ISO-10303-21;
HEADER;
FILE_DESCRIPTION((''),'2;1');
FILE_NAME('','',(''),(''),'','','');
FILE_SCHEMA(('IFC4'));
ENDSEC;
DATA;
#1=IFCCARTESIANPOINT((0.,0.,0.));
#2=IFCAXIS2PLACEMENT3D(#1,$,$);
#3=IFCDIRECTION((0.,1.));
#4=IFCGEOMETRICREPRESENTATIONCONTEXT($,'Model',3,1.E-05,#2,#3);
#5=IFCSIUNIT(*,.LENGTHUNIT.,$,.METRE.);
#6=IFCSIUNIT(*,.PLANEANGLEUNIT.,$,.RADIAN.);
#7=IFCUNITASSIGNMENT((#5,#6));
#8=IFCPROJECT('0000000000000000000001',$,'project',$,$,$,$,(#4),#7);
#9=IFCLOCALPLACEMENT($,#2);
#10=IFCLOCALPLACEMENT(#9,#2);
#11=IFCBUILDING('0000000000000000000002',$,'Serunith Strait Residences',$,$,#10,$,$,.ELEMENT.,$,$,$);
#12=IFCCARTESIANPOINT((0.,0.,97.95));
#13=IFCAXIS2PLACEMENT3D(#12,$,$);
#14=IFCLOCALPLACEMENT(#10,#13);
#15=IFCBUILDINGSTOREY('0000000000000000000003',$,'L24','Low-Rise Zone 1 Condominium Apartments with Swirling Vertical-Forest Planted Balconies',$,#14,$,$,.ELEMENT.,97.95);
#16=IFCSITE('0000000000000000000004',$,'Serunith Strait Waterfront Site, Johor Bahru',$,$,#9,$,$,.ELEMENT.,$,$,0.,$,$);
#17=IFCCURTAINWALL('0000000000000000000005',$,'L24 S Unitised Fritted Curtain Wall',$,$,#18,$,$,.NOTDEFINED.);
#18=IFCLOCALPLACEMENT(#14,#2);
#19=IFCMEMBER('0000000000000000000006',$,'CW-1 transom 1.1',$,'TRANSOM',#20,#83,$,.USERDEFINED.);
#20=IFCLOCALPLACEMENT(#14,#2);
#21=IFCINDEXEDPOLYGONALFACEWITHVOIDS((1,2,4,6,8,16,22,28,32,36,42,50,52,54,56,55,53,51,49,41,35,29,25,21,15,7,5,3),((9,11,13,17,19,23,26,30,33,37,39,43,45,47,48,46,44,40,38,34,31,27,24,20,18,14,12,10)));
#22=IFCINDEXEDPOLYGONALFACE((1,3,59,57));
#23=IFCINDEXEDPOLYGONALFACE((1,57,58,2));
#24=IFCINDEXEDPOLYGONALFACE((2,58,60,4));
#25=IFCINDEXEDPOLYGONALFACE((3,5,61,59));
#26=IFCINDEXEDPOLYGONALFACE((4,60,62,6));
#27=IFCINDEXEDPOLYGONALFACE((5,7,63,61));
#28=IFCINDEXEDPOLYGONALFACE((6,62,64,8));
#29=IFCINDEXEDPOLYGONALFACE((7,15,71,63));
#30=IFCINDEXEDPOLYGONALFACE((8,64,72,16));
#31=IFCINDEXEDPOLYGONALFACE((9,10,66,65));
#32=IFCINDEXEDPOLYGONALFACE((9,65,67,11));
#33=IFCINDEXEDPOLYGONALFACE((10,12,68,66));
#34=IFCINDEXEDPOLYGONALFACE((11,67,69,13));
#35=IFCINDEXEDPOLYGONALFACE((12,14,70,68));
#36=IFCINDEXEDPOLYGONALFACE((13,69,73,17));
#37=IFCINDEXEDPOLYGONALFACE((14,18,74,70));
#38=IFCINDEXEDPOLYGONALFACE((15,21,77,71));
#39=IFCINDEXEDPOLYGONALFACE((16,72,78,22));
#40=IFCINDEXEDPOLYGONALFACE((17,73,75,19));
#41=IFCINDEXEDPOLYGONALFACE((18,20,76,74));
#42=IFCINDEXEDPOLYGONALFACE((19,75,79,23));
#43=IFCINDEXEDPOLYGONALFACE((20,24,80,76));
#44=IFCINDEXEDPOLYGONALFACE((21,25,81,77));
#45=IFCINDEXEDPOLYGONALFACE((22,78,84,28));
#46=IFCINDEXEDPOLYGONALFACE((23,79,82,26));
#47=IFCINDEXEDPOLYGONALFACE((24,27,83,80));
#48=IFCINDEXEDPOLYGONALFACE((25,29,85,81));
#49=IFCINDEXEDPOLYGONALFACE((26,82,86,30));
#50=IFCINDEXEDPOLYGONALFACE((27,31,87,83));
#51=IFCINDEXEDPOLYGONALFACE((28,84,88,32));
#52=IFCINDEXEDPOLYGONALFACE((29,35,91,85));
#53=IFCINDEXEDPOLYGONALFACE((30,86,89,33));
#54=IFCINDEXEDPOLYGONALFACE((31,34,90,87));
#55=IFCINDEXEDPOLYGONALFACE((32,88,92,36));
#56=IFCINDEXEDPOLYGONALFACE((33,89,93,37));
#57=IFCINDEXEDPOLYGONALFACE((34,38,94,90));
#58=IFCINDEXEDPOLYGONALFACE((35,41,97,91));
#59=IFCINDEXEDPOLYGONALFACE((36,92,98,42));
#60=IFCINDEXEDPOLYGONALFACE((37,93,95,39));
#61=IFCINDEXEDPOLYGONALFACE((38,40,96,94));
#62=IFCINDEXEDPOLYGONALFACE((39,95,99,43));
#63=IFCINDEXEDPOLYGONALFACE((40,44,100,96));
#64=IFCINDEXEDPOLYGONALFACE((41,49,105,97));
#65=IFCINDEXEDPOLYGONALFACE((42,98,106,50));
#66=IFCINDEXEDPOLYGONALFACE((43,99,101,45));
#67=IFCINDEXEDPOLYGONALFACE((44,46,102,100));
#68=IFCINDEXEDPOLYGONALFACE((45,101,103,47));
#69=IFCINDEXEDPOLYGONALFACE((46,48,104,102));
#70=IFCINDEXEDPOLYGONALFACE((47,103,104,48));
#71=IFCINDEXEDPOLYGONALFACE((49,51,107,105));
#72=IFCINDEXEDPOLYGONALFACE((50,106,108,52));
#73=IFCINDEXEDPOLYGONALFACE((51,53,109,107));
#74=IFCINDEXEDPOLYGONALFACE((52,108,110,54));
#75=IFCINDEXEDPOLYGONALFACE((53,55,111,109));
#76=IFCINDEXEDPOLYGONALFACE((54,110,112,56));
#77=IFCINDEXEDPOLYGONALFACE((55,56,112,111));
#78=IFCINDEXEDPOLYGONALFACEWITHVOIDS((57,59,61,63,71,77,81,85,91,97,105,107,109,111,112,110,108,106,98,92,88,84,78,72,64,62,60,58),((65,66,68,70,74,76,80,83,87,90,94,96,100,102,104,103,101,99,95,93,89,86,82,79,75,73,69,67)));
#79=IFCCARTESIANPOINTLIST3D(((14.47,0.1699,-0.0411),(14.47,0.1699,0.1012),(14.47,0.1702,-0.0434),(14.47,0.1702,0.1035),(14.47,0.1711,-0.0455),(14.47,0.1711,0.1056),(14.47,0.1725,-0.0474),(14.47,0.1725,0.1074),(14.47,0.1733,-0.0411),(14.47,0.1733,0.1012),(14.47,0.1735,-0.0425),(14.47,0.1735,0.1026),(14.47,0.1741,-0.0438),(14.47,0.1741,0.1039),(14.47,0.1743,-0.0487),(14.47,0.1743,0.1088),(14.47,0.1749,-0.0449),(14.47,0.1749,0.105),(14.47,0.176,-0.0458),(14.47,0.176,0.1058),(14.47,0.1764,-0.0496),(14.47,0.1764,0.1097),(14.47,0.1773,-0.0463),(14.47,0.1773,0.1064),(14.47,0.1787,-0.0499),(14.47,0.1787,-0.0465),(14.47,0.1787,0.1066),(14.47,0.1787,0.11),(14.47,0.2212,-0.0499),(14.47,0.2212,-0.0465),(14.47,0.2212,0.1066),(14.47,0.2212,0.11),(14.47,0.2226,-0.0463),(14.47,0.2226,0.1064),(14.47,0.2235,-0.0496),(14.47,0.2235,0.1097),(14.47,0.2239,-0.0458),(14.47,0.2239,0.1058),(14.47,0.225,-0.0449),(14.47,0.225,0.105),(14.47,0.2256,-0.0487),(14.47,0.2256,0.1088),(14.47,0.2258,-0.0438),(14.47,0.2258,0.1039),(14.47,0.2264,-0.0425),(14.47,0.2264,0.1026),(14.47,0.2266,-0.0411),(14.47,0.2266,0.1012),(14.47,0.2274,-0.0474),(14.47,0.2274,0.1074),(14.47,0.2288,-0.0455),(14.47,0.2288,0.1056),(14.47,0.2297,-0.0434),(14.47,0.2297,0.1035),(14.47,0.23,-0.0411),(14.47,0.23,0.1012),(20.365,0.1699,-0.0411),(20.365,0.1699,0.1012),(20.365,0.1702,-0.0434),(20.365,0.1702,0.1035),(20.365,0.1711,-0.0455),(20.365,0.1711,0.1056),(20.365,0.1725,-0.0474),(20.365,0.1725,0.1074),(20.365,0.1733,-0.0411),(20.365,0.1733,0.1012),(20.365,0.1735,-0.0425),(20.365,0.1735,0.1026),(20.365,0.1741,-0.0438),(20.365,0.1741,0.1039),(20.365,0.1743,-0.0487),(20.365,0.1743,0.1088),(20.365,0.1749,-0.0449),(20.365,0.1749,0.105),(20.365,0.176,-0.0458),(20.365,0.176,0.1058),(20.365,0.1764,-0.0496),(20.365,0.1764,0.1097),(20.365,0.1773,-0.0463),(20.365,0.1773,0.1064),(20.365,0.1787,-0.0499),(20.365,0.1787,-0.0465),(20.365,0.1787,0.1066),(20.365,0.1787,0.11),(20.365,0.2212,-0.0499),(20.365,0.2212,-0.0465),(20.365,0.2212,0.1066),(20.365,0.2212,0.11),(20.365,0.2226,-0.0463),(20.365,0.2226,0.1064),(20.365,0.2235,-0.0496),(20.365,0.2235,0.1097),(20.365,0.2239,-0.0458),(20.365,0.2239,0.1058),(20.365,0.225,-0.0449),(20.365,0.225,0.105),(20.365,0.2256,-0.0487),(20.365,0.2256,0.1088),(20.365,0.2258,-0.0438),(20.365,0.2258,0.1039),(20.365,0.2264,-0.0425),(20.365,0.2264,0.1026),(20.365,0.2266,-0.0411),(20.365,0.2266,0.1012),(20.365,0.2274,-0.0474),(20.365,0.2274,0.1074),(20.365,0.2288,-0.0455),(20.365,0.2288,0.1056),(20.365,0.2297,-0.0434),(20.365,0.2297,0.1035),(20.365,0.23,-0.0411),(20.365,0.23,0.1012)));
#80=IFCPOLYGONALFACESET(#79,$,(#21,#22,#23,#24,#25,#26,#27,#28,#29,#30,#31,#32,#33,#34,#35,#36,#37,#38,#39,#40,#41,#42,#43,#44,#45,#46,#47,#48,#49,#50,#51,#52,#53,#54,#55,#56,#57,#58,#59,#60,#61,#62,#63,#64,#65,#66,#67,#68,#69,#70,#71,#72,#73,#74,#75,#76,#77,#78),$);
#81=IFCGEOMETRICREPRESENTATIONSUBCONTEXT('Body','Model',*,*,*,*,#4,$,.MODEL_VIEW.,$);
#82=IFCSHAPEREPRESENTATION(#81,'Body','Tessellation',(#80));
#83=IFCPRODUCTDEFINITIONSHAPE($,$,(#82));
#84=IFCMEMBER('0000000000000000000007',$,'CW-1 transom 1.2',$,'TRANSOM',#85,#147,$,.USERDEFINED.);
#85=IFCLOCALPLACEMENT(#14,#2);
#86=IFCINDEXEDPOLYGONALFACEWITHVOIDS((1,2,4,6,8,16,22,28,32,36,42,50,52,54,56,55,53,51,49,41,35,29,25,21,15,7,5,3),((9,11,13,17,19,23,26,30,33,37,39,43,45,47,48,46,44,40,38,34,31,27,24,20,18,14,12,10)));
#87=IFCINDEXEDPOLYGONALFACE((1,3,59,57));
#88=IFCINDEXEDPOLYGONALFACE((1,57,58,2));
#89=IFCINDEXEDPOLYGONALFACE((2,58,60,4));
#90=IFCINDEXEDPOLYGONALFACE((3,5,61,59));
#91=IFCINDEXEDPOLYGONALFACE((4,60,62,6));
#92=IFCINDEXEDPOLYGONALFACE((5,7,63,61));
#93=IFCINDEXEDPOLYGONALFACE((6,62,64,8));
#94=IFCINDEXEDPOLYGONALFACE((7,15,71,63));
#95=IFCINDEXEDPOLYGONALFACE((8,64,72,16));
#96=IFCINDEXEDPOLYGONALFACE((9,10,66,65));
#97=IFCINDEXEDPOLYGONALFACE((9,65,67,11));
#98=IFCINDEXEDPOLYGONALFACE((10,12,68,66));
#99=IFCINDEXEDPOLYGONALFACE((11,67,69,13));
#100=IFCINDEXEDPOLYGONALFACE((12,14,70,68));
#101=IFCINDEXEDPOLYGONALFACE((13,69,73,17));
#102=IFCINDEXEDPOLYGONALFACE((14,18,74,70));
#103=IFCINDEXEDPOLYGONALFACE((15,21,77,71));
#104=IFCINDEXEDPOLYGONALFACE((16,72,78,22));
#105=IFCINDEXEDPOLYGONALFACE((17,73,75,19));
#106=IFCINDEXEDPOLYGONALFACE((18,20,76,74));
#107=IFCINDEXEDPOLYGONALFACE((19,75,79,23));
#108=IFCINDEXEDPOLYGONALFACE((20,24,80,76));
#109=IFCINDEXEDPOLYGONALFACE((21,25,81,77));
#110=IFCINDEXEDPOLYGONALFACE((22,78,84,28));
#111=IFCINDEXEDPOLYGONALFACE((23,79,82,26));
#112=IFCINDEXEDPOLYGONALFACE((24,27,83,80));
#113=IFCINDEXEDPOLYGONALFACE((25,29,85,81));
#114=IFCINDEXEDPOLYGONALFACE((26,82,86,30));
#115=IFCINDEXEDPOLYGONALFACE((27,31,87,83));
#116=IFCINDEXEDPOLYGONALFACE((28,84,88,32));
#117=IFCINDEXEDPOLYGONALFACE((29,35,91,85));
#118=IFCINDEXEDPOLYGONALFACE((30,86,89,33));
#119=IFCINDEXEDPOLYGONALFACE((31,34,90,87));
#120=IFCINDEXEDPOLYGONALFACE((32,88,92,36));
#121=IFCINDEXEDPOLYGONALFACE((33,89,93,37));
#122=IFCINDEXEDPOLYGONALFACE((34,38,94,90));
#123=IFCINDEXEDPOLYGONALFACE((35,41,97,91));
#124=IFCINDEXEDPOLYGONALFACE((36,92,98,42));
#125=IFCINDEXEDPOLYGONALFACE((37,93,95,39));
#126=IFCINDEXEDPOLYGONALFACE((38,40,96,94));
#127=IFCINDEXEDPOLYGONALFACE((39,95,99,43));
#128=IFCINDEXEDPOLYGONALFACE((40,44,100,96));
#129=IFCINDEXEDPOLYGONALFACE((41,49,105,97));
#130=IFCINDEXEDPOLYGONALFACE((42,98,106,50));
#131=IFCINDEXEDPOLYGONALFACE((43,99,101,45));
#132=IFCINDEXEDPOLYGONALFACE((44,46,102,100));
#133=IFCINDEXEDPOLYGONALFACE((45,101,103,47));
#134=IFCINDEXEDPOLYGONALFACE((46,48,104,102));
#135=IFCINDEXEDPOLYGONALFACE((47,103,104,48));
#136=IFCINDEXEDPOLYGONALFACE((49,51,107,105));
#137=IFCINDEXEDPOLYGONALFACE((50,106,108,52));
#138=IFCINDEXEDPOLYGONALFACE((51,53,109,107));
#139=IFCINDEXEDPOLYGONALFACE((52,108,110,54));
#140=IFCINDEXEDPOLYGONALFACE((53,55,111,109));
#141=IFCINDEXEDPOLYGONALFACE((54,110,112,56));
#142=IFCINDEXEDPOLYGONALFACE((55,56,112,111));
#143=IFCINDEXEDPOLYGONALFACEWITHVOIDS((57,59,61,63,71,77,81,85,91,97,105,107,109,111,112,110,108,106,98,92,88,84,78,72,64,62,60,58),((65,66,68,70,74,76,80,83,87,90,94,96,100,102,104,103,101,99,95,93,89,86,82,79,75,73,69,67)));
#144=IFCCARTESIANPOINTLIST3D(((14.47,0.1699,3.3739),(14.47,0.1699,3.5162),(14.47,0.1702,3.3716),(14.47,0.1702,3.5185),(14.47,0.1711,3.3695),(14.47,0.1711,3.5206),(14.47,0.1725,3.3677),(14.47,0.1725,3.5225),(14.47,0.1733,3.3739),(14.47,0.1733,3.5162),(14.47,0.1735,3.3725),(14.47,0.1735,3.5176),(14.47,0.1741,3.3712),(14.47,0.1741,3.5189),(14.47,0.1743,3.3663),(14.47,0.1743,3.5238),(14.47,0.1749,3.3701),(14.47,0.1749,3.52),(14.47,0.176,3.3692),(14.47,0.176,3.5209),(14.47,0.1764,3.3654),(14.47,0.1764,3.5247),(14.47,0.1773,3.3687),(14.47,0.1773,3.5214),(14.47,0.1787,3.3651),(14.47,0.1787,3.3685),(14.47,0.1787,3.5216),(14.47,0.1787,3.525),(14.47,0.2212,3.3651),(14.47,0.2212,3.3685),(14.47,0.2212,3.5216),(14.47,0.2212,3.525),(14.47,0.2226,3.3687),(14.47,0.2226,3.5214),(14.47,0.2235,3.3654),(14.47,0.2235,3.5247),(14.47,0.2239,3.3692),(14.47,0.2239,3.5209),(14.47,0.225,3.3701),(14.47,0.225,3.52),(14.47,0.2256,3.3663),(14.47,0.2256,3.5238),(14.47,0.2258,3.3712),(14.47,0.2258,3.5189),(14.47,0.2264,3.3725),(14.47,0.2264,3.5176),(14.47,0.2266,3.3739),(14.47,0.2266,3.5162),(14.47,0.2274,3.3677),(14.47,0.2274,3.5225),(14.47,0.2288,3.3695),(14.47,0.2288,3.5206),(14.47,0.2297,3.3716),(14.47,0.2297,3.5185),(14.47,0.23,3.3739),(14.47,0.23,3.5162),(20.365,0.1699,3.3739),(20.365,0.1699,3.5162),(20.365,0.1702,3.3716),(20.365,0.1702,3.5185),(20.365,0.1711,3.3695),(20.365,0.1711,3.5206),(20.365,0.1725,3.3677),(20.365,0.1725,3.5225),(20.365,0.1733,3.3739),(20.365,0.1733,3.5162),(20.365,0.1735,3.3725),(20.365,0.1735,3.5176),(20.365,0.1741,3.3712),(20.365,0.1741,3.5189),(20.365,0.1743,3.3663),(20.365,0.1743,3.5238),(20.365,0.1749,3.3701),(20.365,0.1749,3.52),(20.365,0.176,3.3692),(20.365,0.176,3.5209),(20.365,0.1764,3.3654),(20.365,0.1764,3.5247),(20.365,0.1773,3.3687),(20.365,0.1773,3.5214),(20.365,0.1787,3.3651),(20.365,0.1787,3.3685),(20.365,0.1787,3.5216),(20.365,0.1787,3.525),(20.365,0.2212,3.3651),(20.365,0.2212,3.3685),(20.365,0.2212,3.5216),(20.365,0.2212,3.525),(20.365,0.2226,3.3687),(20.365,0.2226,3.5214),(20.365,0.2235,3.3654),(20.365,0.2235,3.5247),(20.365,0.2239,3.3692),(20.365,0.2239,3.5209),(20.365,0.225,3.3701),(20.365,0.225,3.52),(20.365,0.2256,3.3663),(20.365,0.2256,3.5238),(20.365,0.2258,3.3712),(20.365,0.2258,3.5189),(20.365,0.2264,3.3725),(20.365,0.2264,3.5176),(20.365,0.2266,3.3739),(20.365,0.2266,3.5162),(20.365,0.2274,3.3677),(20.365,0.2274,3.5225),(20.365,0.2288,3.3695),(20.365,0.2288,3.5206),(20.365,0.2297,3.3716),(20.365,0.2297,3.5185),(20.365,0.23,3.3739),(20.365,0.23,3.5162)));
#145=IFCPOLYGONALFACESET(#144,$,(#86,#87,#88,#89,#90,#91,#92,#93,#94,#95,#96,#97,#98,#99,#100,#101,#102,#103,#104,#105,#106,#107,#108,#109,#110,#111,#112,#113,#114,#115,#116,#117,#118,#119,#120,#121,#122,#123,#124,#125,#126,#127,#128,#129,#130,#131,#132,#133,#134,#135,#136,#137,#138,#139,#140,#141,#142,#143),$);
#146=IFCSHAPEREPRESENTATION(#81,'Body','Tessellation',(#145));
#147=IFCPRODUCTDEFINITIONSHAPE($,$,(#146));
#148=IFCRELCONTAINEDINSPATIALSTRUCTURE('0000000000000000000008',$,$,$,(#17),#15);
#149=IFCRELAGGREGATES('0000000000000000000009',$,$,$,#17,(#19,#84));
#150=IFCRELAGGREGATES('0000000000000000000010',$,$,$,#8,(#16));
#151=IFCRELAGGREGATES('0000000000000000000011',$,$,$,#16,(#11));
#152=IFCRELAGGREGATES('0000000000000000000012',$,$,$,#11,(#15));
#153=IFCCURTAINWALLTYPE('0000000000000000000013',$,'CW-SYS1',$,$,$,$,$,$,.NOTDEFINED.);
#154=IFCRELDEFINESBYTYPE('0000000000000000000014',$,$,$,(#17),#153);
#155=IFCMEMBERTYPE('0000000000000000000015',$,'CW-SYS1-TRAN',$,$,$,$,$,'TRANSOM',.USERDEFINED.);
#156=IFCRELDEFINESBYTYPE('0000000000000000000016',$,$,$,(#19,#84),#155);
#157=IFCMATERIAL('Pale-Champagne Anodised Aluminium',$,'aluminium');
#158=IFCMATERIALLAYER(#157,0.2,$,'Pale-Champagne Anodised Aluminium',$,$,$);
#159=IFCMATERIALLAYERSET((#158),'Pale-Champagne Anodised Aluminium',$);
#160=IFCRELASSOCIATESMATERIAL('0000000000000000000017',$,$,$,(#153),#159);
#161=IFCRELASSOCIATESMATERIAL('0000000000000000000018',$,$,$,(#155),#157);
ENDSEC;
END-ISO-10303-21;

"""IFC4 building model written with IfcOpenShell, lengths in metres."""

from ifc_helpers import new_model, si_unit, direction, frame, origin, origin_2d, place, context, subcontext, project, spatial, hollow_rectangle, extrude, source, transform, mapped, material, layer, layer_set, material_profile, profile_set, type_object, element, aggregate, save


model = new_model("IFC4")

# Units and contexts
model_context = context("Model", 3, precision=1e-05, world=origin(), true_north=direction((0.0, 1.0)))
body_context = subcontext(model_context, "Body", "Model", "MODEL_VIEW")
ifc_project = project(units=[si_unit("LENGTHUNIT", "METRE"), si_unit("PLANEANGLEUNIT", "RADIAN")], contexts=[model_context])

# Site, building, storey
site_placement = place(None, origin())
site = spatial("IfcSite", under=ifc_project, at=site_placement, Name="Serunith Strait Waterfront Site, Johor Bahru", CompositionType="ELEMENT", RefElevation=0.0)
building_placement = place(site_placement, origin())
building = spatial("IfcBuilding", under=site, at=building_placement, Name="Serunith Strait Residences", CompositionType="ELEMENT")
storey_placement = place(building_placement, frame((0.0, 0.0, 97.95)))
storey = spatial("IfcBuildingStorey", under=building, at=storey_placement, Name="L24", Description="Low-Rise Zone 1 Condominium Apartments with Swirling Vertical-Forest Planted Balconies", CompositionType="ELEMENT", Elevation=97.95)

# Curtain wall, members
ifc_material_1 = material(Name="Pale-Champagne Anodised Aluminium", Category="aluminium")
ifc_layer_1 = layer(ifc_material_1, 0.2, Name="Pale-Champagne Anodised Aluminium")
ifc_layer_set_1 = layer_set([ifc_layer_1], Name="Pale-Champagne Anodised Aluminium")
curtain_wall_type = type_object("IfcCurtainWallType", Name="CW-SYS1", PredefinedType="NOTDEFINED", material=ifc_layer_set_1)
curtain_wall_placement = place(storey_placement, origin())
curtain_wall = element("IfcCurtainWall", 1, at=curtain_wall_placement, inside=storey, type_object=curtain_wall_type, Name="L24 S Unitised Fritted Curtain Wall", PredefinedType="NOTDEFINED")
ifc_material_profile_1 = material_profile(ifc_material_1, hollow_rectangle(XDim=0.0601, YDim=0.1599, WallThickness=0.0034, InnerFilletRadius=0.0054, OuterFilletRadius=0.0088, at=origin_2d()), Name="ALU 160x60x3.5")
ifc_profile_set_1 = profile_set([ifc_material_profile_1], Name="Pale-Champagne Anodised Aluminium")
member_type_1 = type_object("IfcMemberType", Name="CW-SYS1-TRAN", ElementType="TRANSOM", PredefinedType="USERDEFINED", material=ifc_profile_set_1)
shared_shape_1 = source(origin(), body_context, "Body", "SweptSolid", [
    extrude(hollow_rectangle(XDim=0.0601, YDim=0.1599, WallThickness=0.0034, InnerFilletRadius=0.0054, OuterFilletRadius=0.0088, at=origin_2d()), origin(), (0.0, 0.0, 1.0), 5.895),
])
member_1_placement = place(storey_placement, frame((14.47, 0.2, 0.03), z_axis=(1.0, 0.0, 0.0), x_axis=(0.0, 1.0, 0.0)))
member_1 = element("IfcMember", 2, at=member_1_placement, type_object=member_type_1, Name="CW-1 transom 1.1", ObjectType="TRANSOM", PredefinedType="USERDEFINED", context=body_context, shape_type="MappedRepresentation", body=[
    mapped(shared_shape_1, transform((0.0, 0.0, 0.0), scale=1.0)),
])
member_2_placement = place(storey_placement, frame((14.47, 0.2, 3.4451), z_axis=(1.0, 0.0, 0.0), x_axis=(0.0, 1.0, 0.0)))
member_2 = element("IfcMember", 3, at=member_2_placement, type_object=member_type_1, Name="CW-1 transom 1.2", ObjectType="TRANSOM", PredefinedType="USERDEFINED", context=body_context, shape_type="MappedRepresentation", body=[
    mapped(shared_shape_1, transform((0.0, 0.0, 0.0), scale=1.0)),
])
aggregate(curtain_wall, [member_1, member_2])

save(model, "model.ifc")
